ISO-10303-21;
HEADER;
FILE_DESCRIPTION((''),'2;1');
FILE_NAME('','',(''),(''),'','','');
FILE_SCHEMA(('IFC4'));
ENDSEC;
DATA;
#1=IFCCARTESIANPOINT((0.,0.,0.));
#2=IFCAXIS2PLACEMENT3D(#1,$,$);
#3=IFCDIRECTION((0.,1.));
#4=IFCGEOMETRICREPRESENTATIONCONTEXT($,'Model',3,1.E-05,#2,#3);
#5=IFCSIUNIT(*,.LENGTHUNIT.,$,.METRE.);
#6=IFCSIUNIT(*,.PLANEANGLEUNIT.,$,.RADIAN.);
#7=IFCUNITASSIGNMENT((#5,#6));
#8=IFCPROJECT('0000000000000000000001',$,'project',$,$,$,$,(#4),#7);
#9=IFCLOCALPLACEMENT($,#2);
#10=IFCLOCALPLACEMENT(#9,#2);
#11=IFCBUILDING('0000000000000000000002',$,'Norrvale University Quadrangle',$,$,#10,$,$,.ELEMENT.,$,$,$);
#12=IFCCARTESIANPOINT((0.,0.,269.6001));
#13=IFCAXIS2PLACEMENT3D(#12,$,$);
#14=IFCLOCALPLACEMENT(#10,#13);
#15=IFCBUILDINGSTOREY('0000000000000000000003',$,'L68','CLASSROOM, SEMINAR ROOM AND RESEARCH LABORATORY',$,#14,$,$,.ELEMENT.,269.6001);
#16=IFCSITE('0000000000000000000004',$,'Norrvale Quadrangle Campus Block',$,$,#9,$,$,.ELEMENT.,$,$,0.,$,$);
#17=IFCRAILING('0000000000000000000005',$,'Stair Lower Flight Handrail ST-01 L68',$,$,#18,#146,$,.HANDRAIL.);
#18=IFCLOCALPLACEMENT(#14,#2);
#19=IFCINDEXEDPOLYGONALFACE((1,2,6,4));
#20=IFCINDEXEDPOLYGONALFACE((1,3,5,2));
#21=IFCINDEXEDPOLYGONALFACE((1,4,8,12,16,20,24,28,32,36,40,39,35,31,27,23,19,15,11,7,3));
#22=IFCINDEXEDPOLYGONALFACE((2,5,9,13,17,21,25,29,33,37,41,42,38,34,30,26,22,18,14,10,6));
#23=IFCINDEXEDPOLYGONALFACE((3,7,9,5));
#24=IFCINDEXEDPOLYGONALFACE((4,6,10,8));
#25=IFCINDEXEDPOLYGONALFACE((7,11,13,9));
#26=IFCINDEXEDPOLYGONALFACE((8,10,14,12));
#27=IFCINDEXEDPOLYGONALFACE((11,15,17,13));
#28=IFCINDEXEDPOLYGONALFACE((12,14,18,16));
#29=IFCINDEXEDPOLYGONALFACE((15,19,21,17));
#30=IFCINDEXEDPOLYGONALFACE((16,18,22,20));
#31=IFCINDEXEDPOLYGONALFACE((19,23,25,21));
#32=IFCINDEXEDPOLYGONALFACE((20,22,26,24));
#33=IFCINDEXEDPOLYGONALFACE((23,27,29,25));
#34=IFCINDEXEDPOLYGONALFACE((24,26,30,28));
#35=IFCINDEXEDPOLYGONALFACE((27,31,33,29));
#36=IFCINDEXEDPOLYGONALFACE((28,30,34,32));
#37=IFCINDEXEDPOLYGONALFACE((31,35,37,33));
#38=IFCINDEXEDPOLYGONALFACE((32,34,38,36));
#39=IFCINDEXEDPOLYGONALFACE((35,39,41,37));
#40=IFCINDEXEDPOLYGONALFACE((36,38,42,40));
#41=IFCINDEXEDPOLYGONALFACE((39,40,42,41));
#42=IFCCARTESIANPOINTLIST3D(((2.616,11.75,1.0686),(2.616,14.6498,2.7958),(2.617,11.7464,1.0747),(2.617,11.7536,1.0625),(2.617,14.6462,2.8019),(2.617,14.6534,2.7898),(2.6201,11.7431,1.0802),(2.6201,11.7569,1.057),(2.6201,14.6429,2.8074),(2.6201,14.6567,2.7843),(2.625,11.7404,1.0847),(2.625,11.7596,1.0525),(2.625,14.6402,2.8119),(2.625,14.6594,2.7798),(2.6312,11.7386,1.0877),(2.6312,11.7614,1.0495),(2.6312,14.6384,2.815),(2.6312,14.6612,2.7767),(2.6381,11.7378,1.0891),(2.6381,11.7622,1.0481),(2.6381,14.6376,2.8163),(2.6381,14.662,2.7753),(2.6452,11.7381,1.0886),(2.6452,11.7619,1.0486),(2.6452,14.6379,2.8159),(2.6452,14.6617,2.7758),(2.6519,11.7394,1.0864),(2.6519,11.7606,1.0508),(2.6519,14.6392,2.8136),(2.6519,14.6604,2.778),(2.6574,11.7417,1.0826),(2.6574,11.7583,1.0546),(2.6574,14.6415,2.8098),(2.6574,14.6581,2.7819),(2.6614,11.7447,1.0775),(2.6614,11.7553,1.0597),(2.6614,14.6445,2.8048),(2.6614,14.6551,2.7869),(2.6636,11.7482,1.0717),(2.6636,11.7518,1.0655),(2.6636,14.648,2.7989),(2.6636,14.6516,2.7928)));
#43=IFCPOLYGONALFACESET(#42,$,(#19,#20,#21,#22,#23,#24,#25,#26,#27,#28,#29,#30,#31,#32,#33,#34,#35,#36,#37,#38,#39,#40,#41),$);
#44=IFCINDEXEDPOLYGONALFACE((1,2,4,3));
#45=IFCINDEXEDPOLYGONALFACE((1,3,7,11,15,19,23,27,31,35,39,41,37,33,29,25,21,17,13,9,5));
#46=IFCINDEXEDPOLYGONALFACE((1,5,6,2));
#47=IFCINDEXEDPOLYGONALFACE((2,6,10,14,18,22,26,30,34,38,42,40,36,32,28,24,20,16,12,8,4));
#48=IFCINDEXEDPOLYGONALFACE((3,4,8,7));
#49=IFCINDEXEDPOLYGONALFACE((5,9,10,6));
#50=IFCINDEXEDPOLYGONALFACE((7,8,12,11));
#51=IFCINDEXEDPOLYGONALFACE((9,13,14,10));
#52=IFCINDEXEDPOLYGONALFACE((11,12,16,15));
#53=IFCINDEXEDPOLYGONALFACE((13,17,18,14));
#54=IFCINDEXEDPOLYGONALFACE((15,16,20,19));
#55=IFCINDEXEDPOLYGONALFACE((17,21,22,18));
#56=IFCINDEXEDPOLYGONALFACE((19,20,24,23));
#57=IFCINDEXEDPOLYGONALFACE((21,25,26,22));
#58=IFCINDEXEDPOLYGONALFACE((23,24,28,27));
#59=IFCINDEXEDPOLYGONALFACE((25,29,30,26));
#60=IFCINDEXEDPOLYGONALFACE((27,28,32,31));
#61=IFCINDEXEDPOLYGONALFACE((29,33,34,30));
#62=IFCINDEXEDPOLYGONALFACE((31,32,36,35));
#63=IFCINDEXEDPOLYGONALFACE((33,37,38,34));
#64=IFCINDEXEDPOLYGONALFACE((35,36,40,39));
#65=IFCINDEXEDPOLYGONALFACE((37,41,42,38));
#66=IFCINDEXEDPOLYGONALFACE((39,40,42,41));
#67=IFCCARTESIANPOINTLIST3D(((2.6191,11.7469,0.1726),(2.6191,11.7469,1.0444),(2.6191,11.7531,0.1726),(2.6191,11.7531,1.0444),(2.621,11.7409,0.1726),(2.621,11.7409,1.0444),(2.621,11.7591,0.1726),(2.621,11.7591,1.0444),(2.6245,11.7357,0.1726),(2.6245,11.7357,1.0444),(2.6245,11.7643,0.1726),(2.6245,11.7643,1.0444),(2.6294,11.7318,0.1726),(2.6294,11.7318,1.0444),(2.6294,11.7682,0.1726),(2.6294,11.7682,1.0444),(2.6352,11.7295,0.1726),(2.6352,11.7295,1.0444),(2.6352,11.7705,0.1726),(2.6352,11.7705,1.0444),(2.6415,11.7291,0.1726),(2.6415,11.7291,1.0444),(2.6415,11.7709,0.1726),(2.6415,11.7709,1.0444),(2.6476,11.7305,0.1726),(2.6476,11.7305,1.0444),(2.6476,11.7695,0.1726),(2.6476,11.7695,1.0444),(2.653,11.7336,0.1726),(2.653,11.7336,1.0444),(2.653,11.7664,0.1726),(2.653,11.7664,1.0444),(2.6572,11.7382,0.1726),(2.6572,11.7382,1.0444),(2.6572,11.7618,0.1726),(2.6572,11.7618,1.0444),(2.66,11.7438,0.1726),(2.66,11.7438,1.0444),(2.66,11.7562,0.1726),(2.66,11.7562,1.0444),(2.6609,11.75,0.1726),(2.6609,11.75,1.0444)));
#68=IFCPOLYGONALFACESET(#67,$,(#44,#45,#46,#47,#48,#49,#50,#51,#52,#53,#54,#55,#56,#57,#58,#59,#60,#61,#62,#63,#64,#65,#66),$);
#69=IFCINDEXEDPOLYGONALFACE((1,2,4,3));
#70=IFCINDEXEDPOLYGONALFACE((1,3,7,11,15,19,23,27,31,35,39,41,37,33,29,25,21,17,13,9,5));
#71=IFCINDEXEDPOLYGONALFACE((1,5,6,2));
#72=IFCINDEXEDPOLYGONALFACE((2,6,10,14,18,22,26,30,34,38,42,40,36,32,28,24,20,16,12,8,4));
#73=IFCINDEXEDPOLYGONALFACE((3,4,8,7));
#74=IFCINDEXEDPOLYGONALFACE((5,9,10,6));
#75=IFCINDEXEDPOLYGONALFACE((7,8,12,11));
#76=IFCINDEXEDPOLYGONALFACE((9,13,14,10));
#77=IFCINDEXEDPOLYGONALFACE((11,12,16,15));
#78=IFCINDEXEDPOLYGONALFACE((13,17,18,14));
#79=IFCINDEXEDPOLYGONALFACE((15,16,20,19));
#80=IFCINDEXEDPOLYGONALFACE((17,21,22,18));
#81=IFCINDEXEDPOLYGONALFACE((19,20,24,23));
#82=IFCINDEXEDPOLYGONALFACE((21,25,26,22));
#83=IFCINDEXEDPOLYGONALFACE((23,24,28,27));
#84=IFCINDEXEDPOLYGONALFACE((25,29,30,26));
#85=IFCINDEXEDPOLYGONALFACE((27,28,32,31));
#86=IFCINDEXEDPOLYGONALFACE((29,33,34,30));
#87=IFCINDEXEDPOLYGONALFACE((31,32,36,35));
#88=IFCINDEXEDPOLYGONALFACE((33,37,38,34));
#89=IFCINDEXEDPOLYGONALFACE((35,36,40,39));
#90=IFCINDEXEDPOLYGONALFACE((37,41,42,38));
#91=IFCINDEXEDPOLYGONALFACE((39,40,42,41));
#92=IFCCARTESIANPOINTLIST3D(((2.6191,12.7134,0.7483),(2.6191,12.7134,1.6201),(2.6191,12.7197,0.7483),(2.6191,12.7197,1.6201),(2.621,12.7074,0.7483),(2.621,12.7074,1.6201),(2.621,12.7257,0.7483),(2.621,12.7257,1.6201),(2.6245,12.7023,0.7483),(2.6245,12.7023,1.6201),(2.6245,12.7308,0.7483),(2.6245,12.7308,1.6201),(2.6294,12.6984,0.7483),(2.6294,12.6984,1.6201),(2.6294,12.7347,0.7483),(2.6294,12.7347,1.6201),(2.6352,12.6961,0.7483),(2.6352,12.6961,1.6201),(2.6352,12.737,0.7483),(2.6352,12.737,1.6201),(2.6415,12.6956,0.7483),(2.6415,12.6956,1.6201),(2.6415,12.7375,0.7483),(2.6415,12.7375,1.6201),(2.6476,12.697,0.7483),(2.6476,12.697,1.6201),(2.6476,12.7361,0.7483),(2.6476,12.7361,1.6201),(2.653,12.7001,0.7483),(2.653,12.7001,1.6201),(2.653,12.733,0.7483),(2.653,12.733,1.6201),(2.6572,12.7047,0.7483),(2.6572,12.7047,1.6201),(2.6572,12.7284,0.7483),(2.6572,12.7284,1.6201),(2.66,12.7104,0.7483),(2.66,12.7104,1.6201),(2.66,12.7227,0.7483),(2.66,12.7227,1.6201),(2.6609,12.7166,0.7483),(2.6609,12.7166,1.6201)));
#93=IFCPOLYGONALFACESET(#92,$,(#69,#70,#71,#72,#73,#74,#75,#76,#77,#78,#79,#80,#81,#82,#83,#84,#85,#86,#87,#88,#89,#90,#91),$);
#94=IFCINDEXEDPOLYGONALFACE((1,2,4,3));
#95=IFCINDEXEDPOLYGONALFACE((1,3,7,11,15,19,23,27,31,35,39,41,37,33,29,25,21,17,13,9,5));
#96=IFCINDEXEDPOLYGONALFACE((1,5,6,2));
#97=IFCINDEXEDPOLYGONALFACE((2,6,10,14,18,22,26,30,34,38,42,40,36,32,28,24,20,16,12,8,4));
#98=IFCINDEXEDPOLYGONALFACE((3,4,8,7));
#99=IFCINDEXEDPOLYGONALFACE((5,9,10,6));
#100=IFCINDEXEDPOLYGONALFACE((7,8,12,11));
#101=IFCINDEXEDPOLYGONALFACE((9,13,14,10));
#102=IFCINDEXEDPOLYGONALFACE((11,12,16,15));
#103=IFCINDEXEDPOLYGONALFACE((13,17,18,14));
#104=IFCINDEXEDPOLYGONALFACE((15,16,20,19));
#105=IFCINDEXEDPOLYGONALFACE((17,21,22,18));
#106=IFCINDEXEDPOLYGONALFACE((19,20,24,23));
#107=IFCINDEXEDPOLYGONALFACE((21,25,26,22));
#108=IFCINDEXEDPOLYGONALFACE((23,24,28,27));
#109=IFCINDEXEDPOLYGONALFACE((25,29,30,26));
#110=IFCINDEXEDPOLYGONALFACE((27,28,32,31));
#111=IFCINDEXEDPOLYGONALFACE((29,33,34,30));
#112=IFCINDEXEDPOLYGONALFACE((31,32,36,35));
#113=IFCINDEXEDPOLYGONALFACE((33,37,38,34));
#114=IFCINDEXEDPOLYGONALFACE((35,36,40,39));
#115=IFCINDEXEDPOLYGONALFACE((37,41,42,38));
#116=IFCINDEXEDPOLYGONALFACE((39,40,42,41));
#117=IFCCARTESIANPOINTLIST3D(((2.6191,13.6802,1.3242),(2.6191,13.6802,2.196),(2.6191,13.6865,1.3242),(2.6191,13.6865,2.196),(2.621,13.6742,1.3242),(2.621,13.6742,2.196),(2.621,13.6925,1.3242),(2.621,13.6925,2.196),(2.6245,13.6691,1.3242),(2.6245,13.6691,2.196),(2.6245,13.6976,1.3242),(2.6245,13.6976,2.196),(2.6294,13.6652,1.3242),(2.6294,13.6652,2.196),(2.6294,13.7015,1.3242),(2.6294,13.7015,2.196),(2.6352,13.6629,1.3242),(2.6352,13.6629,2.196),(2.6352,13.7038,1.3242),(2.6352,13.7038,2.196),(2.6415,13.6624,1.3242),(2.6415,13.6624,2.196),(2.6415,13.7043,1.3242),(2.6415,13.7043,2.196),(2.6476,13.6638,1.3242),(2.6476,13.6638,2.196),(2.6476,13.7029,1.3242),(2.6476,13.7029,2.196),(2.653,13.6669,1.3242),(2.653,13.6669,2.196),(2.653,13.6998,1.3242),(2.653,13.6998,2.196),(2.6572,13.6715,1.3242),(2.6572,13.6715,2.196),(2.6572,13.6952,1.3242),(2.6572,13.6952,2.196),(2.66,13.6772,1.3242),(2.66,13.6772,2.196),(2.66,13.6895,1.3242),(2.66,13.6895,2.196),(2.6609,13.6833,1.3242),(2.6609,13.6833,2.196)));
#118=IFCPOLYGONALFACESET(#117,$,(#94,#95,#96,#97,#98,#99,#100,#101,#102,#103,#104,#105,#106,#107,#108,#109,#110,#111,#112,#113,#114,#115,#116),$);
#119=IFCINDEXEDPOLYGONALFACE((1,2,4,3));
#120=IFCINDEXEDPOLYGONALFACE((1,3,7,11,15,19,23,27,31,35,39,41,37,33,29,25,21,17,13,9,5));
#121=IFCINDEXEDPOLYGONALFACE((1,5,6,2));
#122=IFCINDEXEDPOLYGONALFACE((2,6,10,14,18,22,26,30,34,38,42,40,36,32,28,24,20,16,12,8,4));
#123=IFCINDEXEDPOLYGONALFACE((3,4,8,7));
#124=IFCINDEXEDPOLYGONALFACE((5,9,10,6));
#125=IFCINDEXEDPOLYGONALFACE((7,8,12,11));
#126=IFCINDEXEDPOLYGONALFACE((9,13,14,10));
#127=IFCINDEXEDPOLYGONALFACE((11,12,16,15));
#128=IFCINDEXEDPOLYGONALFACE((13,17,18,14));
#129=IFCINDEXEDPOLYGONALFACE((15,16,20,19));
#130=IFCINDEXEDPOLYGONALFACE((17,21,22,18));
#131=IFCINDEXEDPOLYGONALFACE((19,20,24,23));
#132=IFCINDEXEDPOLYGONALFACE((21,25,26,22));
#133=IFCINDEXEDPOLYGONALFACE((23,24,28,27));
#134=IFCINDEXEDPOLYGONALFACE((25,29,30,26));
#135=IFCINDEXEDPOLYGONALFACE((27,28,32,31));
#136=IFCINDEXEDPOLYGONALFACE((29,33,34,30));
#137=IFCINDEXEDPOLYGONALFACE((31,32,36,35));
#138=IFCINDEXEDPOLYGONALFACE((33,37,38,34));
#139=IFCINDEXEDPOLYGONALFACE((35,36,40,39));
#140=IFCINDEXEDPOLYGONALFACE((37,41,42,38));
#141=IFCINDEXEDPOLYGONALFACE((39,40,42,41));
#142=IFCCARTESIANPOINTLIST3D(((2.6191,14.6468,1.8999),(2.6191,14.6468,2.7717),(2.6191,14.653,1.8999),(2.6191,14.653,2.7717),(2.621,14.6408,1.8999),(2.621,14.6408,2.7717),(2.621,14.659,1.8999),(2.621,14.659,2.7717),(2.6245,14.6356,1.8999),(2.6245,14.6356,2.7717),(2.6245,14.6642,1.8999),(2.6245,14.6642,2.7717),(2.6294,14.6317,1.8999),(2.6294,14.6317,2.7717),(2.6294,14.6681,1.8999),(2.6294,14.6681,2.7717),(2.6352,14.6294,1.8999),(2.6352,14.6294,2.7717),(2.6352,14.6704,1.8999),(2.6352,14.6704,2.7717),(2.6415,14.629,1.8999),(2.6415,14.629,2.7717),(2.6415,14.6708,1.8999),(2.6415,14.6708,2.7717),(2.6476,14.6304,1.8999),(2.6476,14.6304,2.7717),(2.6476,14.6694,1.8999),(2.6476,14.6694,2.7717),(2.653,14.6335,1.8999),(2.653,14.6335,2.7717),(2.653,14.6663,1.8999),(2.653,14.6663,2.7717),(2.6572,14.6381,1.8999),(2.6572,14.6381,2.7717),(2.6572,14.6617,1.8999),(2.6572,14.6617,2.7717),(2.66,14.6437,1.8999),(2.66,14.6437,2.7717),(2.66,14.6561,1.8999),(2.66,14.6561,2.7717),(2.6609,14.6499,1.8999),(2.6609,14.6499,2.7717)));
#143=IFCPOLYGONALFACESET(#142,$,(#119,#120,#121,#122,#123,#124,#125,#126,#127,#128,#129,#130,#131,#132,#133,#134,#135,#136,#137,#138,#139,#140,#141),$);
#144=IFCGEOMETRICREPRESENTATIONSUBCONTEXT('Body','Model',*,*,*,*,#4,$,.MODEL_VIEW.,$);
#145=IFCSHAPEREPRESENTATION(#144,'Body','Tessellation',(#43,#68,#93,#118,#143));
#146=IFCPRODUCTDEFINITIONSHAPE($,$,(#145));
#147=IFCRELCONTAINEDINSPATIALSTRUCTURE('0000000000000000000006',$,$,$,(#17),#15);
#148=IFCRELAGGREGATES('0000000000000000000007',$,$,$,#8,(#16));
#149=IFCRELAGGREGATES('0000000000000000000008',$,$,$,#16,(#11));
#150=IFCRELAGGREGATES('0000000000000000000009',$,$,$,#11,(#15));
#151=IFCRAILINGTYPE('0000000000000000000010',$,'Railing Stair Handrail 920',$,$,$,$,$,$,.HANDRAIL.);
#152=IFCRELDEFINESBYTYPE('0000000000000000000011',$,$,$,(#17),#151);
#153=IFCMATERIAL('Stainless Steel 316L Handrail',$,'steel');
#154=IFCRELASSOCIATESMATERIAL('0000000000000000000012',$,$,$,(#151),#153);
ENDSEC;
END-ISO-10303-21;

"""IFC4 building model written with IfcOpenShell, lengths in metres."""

from ifc_helpers import new_model, si_unit, direction, frame, origin, origin_2d, place, context, subcontext, project, spatial, circle, extrude, material, type_object, element, save


model = new_model("IFC4")

# Units and contexts
model_context = context("Model", 3, precision=1e-05, world=origin(), true_north=direction((0.0, 1.0)))
body_context = subcontext(model_context, "Body", "Model", "MODEL_VIEW")
ifc_project = project(units=[si_unit("LENGTHUNIT", "METRE"), si_unit("PLANEANGLEUNIT", "RADIAN")], contexts=[model_context])

# Site, building, storey
site_placement = place(None, origin())
site = spatial("IfcSite", under=ifc_project, at=site_placement, Name="Norrvale Quadrangle Campus Block", CompositionType="ELEMENT", RefElevation=0.0)
building_placement = place(site_placement, origin())
building = spatial("IfcBuilding", under=site, at=building_placement, Name="Norrvale University Quadrangle", CompositionType="ELEMENT")
storey_placement = place(building_placement, frame((0.0, 0.0, 269.6001)))
storey = spatial("IfcBuildingStorey", under=building, at=storey_placement, Name="L68", Description="CLASSROOM, SEMINAR ROOM AND RESEARCH LABORATORY", CompositionType="ELEMENT", Elevation=269.6001)

# Railing
ifc_material_1 = material(Name="Stainless Steel 316L Handrail", Category="steel")
railing_type_1 = type_object("IfcRailingType", Name="Railing Stair Handrail 920", PredefinedType="HANDRAIL", material=ifc_material_1)
railing_1_placement = place(storey_placement, frame((2.6399, 11.75, 0.1726)))
element("IfcRailing", 1, at=railing_1_placement, inside=storey, type_object=railing_type_1, Name="Stair Lower Flight Handrail ST-01 L68", PredefinedType="HANDRAIL", context=body_context, shape_type="SweptSolid", body=[
    extrude(circle(Radius=0.0239, at=origin_2d()), frame((0.0, 0.0, 0.896), z_axis=(0.0, 0.859141, 0.511738), x_axis=(-1.0, 0.0, 0.0)), (0.0, 0.0, 1.0), 3.3752),
    extrude(circle(Radius=0.021, at=origin_2d()), origin(), (0.0, 0.0, 1.0), 0.8718),
    extrude(circle(Radius=0.021, at=origin_2d()), frame((0.0, 0.9666, 0.5757)), (0.0, 0.0, 1.0), 0.8718),
    extrude(circle(Radius=0.021, at=origin_2d()), frame((0.0, 1.9333, 1.1516)), (0.0, 0.0, 1.0), 0.8718),
    extrude(circle(Radius=0.021, at=origin_2d()), frame((0.0, 2.8999, 1.7273)), (0.0, 0.0, 1.0), 0.8718),
])

save(model, "model.ifc")
